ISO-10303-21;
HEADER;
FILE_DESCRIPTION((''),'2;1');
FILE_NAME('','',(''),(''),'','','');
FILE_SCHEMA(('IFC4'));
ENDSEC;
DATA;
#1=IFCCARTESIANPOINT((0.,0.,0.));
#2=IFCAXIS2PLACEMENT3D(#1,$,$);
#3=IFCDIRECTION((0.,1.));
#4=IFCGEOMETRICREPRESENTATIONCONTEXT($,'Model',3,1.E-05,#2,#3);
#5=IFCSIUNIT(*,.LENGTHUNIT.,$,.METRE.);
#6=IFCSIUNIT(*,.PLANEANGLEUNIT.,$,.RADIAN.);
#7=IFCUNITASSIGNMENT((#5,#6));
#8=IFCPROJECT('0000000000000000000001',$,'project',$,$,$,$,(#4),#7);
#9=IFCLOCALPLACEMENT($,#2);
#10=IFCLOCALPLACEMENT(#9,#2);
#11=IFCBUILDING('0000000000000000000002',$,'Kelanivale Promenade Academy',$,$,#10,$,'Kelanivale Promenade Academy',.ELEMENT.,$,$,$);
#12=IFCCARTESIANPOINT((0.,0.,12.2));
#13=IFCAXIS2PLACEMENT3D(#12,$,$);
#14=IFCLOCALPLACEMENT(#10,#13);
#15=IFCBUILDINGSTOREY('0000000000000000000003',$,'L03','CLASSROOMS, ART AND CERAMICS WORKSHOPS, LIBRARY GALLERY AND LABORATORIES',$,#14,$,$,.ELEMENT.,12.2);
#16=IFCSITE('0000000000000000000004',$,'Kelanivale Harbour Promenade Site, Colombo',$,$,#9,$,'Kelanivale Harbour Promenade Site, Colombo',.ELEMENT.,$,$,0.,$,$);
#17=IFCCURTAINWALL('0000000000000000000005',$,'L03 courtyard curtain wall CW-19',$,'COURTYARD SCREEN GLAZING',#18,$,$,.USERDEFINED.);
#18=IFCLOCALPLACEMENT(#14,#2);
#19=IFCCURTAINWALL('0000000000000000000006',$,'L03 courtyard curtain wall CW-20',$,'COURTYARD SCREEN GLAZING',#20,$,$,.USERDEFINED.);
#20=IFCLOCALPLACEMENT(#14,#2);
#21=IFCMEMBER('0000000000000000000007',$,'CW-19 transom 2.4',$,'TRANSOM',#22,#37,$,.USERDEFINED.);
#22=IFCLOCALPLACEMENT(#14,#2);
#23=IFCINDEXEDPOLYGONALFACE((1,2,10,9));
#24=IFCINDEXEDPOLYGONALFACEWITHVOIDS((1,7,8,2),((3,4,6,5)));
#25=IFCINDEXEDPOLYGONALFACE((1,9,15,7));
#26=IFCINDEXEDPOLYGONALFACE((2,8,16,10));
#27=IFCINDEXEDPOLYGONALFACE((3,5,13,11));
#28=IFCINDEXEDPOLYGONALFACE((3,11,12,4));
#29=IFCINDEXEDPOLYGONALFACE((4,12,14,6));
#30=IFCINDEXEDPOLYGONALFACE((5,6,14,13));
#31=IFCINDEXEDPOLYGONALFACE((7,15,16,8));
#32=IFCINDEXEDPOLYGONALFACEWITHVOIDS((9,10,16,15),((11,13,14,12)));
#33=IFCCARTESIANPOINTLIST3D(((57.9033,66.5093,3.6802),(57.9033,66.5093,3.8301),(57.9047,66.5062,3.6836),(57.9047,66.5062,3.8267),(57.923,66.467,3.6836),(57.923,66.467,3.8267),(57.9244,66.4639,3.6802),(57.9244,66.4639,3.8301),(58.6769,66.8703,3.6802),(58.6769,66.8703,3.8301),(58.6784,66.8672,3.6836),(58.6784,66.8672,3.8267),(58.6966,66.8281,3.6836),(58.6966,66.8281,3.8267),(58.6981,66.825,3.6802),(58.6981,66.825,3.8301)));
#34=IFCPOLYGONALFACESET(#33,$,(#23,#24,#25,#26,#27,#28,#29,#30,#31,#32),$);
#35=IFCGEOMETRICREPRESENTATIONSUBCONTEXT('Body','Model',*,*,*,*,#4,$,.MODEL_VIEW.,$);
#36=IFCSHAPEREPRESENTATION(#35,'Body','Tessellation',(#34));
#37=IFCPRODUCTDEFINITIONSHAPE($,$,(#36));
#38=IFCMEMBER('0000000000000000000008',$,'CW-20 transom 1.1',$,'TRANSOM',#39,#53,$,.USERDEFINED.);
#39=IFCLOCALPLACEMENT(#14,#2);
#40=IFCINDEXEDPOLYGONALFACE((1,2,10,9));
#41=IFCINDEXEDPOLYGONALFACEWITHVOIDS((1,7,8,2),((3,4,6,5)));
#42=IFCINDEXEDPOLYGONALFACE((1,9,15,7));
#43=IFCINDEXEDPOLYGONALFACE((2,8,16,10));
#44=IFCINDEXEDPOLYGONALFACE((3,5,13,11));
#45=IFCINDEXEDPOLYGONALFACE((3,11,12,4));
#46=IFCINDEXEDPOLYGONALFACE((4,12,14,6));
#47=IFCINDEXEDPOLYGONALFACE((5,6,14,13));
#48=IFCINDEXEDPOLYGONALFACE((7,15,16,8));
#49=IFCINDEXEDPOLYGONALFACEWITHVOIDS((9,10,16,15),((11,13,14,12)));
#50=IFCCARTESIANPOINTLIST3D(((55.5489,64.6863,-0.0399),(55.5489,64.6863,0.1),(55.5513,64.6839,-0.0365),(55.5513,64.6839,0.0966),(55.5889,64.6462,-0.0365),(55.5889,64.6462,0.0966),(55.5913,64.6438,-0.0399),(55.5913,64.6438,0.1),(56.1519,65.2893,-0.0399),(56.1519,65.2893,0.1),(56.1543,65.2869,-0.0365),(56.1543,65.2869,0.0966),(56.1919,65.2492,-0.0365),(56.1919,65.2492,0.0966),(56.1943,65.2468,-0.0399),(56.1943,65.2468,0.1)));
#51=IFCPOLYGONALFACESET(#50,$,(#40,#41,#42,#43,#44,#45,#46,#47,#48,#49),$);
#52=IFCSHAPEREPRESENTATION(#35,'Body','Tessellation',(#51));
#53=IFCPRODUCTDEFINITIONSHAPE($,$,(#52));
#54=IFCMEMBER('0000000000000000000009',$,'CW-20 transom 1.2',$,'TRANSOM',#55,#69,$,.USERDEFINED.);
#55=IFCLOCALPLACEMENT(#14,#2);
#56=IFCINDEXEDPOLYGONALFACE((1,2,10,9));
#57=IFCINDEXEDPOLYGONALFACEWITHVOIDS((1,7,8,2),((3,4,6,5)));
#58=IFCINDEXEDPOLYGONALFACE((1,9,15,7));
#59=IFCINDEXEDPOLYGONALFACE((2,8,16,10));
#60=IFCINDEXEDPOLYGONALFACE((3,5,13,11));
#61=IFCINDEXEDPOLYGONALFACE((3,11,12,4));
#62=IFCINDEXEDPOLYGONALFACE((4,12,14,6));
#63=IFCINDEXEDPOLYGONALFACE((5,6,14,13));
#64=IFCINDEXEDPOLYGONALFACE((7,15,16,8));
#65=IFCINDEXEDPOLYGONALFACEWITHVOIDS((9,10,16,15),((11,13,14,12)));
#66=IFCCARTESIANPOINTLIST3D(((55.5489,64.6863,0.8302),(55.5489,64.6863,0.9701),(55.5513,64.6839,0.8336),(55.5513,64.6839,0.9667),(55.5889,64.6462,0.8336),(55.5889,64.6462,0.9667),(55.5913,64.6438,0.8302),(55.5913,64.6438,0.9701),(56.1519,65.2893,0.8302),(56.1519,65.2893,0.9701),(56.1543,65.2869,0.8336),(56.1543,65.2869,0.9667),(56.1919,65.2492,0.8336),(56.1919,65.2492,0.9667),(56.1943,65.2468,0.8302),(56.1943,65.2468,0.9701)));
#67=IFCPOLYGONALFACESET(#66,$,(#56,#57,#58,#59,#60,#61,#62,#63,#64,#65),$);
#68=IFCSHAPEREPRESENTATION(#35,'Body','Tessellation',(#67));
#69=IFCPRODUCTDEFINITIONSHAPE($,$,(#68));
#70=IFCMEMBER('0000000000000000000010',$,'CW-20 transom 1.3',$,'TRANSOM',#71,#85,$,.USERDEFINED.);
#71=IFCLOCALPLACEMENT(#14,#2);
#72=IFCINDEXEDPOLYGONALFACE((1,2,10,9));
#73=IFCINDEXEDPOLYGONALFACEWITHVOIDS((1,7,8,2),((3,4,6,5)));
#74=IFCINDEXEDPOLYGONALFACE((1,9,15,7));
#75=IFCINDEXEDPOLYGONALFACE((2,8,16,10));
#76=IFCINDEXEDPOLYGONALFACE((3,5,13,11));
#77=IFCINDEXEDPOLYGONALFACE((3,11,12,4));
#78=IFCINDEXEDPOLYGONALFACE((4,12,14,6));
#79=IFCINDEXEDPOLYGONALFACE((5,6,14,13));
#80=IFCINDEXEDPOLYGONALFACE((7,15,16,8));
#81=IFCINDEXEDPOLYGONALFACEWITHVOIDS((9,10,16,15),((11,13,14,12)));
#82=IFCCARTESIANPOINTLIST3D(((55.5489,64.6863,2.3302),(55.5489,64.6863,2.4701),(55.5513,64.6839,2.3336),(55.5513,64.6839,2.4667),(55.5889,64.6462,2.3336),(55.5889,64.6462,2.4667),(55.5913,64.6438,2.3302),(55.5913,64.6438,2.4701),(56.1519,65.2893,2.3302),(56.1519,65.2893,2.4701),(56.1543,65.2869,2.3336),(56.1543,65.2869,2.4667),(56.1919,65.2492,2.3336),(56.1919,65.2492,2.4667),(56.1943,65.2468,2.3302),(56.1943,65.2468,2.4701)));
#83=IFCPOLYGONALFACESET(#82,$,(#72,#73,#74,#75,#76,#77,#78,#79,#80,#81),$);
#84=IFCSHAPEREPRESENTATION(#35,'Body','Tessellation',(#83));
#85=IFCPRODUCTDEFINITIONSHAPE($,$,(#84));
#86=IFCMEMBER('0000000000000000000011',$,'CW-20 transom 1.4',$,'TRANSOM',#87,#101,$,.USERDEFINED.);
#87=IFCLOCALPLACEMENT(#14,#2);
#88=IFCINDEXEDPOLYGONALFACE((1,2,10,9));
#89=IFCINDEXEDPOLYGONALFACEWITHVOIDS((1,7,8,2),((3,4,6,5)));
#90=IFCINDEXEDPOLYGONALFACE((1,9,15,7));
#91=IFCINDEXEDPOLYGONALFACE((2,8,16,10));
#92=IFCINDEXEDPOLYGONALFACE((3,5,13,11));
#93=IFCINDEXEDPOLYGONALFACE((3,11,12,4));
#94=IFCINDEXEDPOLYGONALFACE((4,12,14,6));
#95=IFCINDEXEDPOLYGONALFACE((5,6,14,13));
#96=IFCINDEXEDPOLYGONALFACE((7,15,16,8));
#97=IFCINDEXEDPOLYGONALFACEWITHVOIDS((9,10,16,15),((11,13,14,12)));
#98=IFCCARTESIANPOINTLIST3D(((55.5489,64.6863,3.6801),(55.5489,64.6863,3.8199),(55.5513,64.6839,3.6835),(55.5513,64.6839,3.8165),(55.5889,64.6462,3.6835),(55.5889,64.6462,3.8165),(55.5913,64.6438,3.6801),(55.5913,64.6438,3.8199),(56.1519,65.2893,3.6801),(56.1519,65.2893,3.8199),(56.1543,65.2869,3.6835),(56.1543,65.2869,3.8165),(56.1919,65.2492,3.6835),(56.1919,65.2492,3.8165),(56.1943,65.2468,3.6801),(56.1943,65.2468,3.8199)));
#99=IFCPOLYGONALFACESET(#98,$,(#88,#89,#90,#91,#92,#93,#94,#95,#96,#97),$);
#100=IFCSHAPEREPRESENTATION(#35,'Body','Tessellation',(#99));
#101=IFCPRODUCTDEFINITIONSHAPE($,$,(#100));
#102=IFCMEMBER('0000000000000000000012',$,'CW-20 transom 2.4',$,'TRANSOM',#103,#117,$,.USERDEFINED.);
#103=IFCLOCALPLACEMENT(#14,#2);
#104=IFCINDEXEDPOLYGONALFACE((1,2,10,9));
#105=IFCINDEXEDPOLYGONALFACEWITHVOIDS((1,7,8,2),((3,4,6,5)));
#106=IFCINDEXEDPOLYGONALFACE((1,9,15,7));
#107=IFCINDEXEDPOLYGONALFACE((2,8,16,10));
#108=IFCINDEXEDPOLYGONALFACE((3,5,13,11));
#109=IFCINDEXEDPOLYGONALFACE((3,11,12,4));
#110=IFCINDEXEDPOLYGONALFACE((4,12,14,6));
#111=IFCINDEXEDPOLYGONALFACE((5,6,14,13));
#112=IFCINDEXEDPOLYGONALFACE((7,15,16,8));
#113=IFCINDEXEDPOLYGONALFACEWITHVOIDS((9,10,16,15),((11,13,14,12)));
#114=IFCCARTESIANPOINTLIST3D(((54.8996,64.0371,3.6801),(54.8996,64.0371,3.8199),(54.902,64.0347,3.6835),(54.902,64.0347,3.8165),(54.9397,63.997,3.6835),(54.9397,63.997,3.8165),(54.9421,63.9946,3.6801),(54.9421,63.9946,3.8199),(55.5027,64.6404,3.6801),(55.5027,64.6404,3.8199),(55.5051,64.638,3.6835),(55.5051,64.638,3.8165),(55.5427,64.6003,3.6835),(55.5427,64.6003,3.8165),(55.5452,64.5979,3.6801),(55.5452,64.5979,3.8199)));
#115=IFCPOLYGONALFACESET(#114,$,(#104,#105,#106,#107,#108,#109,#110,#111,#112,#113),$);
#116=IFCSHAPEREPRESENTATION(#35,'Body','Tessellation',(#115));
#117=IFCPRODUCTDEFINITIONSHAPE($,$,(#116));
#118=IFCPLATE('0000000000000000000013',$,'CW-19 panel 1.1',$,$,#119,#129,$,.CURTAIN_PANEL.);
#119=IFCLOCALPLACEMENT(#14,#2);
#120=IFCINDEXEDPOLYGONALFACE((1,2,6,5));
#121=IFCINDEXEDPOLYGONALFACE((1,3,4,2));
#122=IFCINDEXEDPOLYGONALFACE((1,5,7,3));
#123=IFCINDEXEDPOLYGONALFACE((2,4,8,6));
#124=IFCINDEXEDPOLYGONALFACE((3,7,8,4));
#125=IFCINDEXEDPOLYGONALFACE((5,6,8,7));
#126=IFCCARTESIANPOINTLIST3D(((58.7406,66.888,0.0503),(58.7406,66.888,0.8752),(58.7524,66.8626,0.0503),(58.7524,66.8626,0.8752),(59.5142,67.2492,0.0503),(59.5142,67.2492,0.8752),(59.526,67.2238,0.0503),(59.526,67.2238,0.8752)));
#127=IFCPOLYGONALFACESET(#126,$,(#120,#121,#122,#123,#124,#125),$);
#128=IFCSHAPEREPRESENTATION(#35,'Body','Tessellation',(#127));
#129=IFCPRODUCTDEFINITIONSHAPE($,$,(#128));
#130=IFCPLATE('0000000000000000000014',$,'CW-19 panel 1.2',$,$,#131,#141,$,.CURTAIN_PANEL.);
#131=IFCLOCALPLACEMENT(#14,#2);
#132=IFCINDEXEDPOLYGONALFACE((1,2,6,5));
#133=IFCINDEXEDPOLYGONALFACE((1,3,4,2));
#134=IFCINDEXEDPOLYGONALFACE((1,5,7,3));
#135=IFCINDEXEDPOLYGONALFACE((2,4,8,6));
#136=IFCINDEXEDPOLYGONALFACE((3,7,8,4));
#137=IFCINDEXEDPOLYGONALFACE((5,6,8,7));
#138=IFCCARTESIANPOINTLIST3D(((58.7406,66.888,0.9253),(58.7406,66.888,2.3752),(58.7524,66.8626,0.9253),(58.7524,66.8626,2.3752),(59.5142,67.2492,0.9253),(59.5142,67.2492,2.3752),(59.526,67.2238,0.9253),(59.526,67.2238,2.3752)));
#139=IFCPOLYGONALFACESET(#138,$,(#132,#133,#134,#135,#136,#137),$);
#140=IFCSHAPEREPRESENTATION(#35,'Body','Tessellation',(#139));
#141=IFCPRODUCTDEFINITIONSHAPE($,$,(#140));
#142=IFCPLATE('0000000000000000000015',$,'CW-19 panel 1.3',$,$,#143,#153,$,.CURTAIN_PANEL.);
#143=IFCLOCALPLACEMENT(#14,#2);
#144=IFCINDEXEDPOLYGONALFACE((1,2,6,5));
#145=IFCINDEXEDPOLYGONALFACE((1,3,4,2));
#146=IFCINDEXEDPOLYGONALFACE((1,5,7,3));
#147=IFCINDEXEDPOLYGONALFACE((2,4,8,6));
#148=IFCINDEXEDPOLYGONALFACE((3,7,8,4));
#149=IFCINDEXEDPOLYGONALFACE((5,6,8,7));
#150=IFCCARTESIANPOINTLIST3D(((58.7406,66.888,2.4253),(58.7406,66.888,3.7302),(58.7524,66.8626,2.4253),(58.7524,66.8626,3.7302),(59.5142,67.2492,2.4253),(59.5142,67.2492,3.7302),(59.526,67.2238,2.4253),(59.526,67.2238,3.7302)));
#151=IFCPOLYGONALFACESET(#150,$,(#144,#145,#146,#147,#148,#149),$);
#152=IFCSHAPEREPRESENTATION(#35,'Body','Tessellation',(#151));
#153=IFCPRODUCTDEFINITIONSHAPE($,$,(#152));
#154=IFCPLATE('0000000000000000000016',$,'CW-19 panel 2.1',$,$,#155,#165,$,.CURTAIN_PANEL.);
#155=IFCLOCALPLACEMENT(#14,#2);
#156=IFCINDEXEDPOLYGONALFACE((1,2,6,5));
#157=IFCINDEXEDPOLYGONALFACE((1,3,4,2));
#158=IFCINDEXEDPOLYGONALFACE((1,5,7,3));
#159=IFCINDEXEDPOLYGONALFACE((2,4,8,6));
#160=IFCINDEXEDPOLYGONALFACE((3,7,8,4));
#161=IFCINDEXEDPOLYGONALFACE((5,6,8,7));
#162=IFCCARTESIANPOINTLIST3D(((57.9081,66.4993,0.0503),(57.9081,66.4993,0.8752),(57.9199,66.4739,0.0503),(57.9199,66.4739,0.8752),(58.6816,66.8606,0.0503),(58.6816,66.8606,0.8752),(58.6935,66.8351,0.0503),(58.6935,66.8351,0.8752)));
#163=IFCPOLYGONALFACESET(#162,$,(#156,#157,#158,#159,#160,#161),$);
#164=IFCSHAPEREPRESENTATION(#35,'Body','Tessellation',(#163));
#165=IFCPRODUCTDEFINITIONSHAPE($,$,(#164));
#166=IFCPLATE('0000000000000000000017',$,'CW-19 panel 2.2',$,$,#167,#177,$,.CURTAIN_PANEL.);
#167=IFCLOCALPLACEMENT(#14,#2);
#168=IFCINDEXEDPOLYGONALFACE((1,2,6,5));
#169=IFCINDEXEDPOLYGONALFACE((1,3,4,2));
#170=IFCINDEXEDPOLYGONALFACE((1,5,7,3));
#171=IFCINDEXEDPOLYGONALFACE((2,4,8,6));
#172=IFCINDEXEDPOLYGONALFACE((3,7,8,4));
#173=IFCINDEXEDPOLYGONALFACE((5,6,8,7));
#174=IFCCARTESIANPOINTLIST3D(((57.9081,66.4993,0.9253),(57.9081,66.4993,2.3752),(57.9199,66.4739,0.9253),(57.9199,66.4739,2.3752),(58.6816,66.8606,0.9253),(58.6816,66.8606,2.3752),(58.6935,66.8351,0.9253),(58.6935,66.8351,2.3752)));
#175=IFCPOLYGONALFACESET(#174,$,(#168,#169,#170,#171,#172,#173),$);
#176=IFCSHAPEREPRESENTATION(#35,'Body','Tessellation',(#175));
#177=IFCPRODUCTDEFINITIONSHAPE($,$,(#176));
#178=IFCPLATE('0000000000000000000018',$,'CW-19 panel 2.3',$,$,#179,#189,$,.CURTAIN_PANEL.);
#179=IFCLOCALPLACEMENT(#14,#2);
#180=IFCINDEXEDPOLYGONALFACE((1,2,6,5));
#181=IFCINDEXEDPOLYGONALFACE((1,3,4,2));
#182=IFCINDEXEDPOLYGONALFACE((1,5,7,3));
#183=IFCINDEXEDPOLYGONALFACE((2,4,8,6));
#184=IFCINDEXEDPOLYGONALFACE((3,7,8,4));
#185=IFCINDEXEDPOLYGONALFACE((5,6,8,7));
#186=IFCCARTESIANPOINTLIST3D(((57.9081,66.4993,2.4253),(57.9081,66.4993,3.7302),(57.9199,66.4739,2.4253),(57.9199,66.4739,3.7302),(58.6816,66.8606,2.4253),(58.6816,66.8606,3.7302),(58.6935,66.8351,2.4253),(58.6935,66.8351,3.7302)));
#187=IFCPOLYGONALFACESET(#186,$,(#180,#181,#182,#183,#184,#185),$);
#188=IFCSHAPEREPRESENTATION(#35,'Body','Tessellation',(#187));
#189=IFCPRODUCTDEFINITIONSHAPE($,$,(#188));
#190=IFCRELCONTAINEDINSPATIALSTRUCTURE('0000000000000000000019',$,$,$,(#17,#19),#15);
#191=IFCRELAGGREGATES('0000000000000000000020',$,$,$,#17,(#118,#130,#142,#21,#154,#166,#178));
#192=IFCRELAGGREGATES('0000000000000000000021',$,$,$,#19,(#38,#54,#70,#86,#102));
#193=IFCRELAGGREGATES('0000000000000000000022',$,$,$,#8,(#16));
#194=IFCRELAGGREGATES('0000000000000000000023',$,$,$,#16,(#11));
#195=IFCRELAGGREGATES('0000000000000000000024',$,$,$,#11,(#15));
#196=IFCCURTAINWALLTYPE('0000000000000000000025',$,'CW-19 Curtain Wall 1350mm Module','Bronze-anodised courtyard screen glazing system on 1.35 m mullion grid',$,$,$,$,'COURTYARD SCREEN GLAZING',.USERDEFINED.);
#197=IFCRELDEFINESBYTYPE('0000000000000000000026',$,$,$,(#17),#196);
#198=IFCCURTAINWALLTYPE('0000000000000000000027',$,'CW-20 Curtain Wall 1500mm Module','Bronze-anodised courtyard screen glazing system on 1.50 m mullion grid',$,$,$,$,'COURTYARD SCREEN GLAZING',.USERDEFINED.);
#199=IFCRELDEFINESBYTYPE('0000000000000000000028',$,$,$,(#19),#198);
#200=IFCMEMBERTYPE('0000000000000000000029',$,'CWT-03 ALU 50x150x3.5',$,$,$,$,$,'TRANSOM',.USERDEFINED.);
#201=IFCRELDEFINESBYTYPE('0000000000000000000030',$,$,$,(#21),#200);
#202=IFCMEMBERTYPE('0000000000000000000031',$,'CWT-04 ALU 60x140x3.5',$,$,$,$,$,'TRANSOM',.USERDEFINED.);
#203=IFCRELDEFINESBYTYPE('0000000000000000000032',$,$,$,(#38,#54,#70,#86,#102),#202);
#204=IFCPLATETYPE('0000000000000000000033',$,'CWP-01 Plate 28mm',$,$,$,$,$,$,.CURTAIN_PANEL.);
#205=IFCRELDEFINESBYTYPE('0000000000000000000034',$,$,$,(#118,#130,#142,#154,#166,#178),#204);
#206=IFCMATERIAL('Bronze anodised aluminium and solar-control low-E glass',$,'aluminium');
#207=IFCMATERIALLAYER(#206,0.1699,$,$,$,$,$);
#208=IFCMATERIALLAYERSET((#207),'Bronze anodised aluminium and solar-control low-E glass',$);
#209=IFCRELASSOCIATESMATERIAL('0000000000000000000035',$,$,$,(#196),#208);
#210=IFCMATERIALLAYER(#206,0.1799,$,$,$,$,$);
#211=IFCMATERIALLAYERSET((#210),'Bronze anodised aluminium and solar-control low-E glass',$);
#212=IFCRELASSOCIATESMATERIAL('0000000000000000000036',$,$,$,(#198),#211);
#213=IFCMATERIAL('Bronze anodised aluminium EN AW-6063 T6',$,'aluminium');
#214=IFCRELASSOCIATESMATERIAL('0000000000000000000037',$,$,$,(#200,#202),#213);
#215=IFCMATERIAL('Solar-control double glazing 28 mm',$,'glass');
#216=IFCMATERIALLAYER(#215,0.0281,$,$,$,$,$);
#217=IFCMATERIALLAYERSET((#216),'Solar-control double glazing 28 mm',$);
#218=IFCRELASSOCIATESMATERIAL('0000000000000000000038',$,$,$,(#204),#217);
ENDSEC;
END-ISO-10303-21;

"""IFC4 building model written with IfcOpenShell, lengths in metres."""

from ifc_helpers import new_model, si_unit, direction, frame, origin, origin_2d, place, context, subcontext, project, spatial, rectangle, hollow_rectangle, extrude, material, layer, layer_set, material_profile, profile_set, type_object, element, aggregate, save


model = new_model("IFC4")

# Units and contexts
model_context = context("Model", 3, precision=1e-05, world=origin(), true_north=direction((0.0, 1.0)))
body_context = subcontext(model_context, "Body", "Model", "MODEL_VIEW")
ifc_project = project(units=[si_unit("LENGTHUNIT", "METRE"), si_unit("PLANEANGLEUNIT", "RADIAN")], contexts=[model_context])

# Site, building, storey
site_placement = place(None, origin())
site = spatial("IfcSite", under=ifc_project, at=site_placement, Name="Kelanivale Harbour Promenade Site, Colombo", LongName="Kelanivale Harbour Promenade Site, Colombo", CompositionType="ELEMENT", RefElevation=0.0)
building_placement = place(site_placement, origin())
building = spatial("IfcBuilding", under=site, at=building_placement, Name="Kelanivale Promenade Academy", LongName="Kelanivale Promenade Academy", CompositionType="ELEMENT")
storey_placement = place(building_placement, frame((0.0, 0.0, 12.2)))
storey = spatial("IfcBuildingStorey", under=building, at=storey_placement, Name="L03", Description="CLASSROOMS, ART AND CERAMICS WORKSHOPS, LIBRARY GALLERY AND LABORATORIES", CompositionType="ELEMENT", Elevation=12.2)

# Curtain walls
ifc_material_1 = material(Name="Bronze anodised aluminium and solar-control low-E glass", Category="aluminium")
ifc_layer_1 = layer(ifc_material_1, 0.1699)
ifc_layer_set_1 = layer_set([ifc_layer_1], Name="Bronze anodised aluminium and solar-control low-E glass")
curtain_wall_type_1 = type_object("IfcCurtainWallType", Name="CW-19 Curtain Wall 1350mm Module", Description="Bronze-anodised courtyard screen glazing system on 1.35 m mullion grid", ElementType="COURTYARD SCREEN GLAZING", PredefinedType="USERDEFINED", material=ifc_layer_set_1)
curtain_wall_1_placement = place(storey_placement, origin())
curtain_wall_1 = element("IfcCurtainWall", 1, at=curtain_wall_1_placement, inside=storey, type_object=curtain_wall_type_1, Name="L03 courtyard curtain wall CW-19", ObjectType="COURTYARD SCREEN GLAZING", PredefinedType="USERDEFINED")
ifc_material_2 = material(Name="Bronze anodised aluminium EN AW-6063 T6", Category="aluminium")
ifc_layer_2 = layer(ifc_material_1, 0.1799)
ifc_layer_set_2 = layer_set([ifc_layer_2], Name="Bronze anodised aluminium and solar-control low-E glass")
curtain_wall_type_2 = type_object("IfcCurtainWallType", Name="CW-20 Curtain Wall 1500mm Module", Description="Bronze-anodised courtyard screen glazing system on 1.50 m mullion grid", ElementType="COURTYARD SCREEN GLAZING", PredefinedType="USERDEFINED", material=ifc_layer_set_2)
curtain_wall_2_placement = place(storey_placement, origin())
curtain_wall_2 = element("IfcCurtainWall", 2, at=curtain_wall_2_placement, inside=storey, type_object=curtain_wall_type_2, Name="L03 courtyard curtain wall CW-20", ObjectType="COURTYARD SCREEN GLAZING", PredefinedType="USERDEFINED")

# Members
ifc_material_profile_1 = material_profile(ifc_material_2, hollow_rectangle(XDim=0.05, YDim=0.1499, WallThickness=0.0034, at=origin_2d()), Name="ALU 50x150x3.5")
ifc_profile_set_1 = profile_set([ifc_material_profile_1], Name="Bronze anodised aluminium EN AW-6063 T6")
member_type_1 = type_object("IfcMemberType", Name="CWT-03 ALU 50x150x3.5", ElementType="TRANSOM", PredefinedType="USERDEFINED", material=ifc_profile_set_1)
member_1_placement = place(storey_placement, frame((58.6875, 66.8477, 3.7551), z_axis=(-0.906169, -0.422917, 0.0), x_axis=(0.422917, -0.906169, 0.0)))
member_1 = element("IfcMember", 3, at=member_1_placement, type_object=member_type_1, Name="CW-19 transom 2.4", ObjectType="TRANSOM", PredefinedType="USERDEFINED", context=body_context, shape_type="SweptSolid", body=[
    extrude(hollow_rectangle(XDim=0.05, YDim=0.1499, WallThickness=0.0034, at=origin_2d()), origin(), (0.0, 0.0, 1.0), 0.8538),
])
ifc_material_profile_2 = material_profile(ifc_material_2, hollow_rectangle(XDim=0.0601, YDim=0.1399, WallThickness=0.0034, at=origin_2d()), Name="ALU 60x140x3.5")
ifc_profile_set_2 = profile_set([ifc_material_profile_2], Name="Bronze anodised aluminium EN AW-6063 T6")
member_type_2 = type_object("IfcMemberType", Name="CWT-04 ALU 60x140x3.5", ElementType="TRANSOM", PredefinedType="USERDEFINED", material=ifc_profile_set_2)
member_2_placement = place(storey_placement, frame((56.1731, 65.2681, 0.03), z_axis=(-0.707107, -0.707107, 0.0), x_axis=(0.707107, -0.707107, 0.0)))
member_2 = element("IfcMember", 4, at=member_2_placement, type_object=member_type_2, Name="CW-20 transom 1.1", ObjectType="TRANSOM", PredefinedType="USERDEFINED", context=body_context, shape_type="SweptSolid", body=[
    extrude(hollow_rectangle(XDim=0.0601, YDim=0.1399, WallThickness=0.0034, at=origin_2d()), origin(), (0.0, 0.0, 1.0), 0.8528),
])
member_3_placement = place(storey_placement, frame((56.1731, 65.2681, 0.9001), z_axis=(-0.707107, -0.707107, 0.0), x_axis=(0.707107, -0.707107, 0.0)))
member_3 = element("IfcMember", 5, at=member_3_placement, type_object=member_type_2, Name="CW-20 transom 1.2", ObjectType="TRANSOM", PredefinedType="USERDEFINED", context=body_context, shape_type="SweptSolid", body=[
    extrude(hollow_rectangle(XDim=0.0601, YDim=0.1399, WallThickness=0.0034, at=origin_2d()), origin(), (0.0, 0.0, 1.0), 0.8528),
])
member_4_placement = place(storey_placement, frame((56.1731, 65.2681, 2.4001), z_axis=(-0.707107, -0.707107, 0.0), x_axis=(0.707107, -0.707107, 0.0)))
member_4 = element("IfcMember", 6, at=member_4_placement, type_object=member_type_2, Name="CW-20 transom 1.3", ObjectType="TRANSOM", PredefinedType="USERDEFINED", context=body_context, shape_type="SweptSolid", body=[
    extrude(hollow_rectangle(XDim=0.0601, YDim=0.1399, WallThickness=0.0034, at=origin_2d()), origin(), (0.0, 0.0, 1.0), 0.8528),
])
member_5_placement = place(storey_placement, frame((56.1731, 65.2681, 3.75), z_axis=(-0.707107, -0.707107, 0.0), x_axis=(0.707107, -0.707107, 0.0)))
member_5 = element("IfcMember", 7, at=member_5_placement, type_object=member_type_2, Name="CW-20 transom 1.4", ObjectType="TRANSOM", PredefinedType="USERDEFINED", context=body_context, shape_type="SweptSolid", body=[
    extrude(hollow_rectangle(XDim=0.0601, YDim=0.1399, WallThickness=0.0034, at=origin_2d()), origin(), (0.0, 0.0, 1.0), 0.8528),
])
member_6_placement = place(storey_placement, frame((55.5239, 64.6191, 3.75), z_axis=(-0.706964, -0.70725, 0.0), x_axis=(0.70725, -0.706964, 0.0)))
member_6 = element("IfcMember", 8, at=member_6_placement, type_object=member_type_2, Name="CW-20 transom 2.4", ObjectType="TRANSOM", PredefinedType="USERDEFINED", context=body_context, shape_type="SweptSolid", body=[
    extrude(hollow_rectangle(XDim=0.0601, YDim=0.1399, WallThickness=0.0034, at=origin_2d()), origin(), (0.0, 0.0, 1.0), 0.853),
])

# Plates
ifc_material_3 = material(Name="Solar-control double glazing 28 mm", Category="glass")
ifc_layer_3 = layer(ifc_material_3, 0.0281)
ifc_layer_set_3 = layer_set([ifc_layer_3], Name="Solar-control double glazing 28 mm")
plate_type_1 = type_object("IfcPlateType", Name="CWP-01 Plate 28mm", PredefinedType="CURTAIN_PANEL", material=ifc_layer_set_3)
plate_1_placement = place(storey_placement, frame((59.1333, 67.0559, 0.0503), z_axis=(0.0, 0.0, 1.0), x_axis=(-0.906089, -0.423087, 0.0)))
plate_1 = element("IfcPlate", 9, at=plate_1_placement, type_object=plate_type_1, Name="CW-19 panel 1.1", PredefinedType="CURTAIN_PANEL", context=body_context, shape_type="SweptSolid", body=[
    extrude(rectangle(XDim=0.8538, YDim=0.0281, at=origin_2d()), origin(), (0.0, 0.0, 1.0), 0.825),
])
plate_2_placement = place(storey_placement, frame((59.1333, 67.0559, 0.9253), z_axis=(0.0, 0.0, 1.0), x_axis=(-0.906089, -0.423087, 0.0)))
plate_2 = element("IfcPlate", 10, at=plate_2_placement, type_object=plate_type_1, Name="CW-19 panel 1.2", PredefinedType="CURTAIN_PANEL", context=body_context, shape_type="SweptSolid", body=[
    extrude(rectangle(XDim=0.8538, YDim=0.0281, at=origin_2d()), origin(), (0.0, 0.0, 1.0), 1.45),
])
plate_3_placement = place(storey_placement, frame((59.1333, 67.0559, 2.4253), z_axis=(0.0, 0.0, 1.0), x_axis=(-0.906089, -0.423087, 0.0)))
plate_3 = element("IfcPlate", 11, at=plate_3_placement, type_object=plate_type_1, Name="CW-19 panel 1.3", PredefinedType="CURTAIN_PANEL", context=body_context, shape_type="SweptSolid", body=[
    extrude(rectangle(XDim=0.8538, YDim=0.0281, at=origin_2d()), origin(), (0.0, 0.0, 1.0), 1.3049),
])
plate_4_placement = place(storey_placement, frame((58.3008, 66.6672, 0.0503), z_axis=(0.0, 0.0, 1.0), x_axis=(-0.906089, -0.423087, 0.0)))
plate_4 = element("IfcPlate", 12, at=plate_4_placement, type_object=plate_type_1, Name="CW-19 panel 2.1", PredefinedType="CURTAIN_PANEL", context=body_context, shape_type="SweptSolid", body=[
    extrude(rectangle(XDim=0.8538, YDim=0.0281, at=origin_2d()), origin(), (0.0, 0.0, 1.0), 0.825),
])
plate_5_placement = place(storey_placement, frame((58.3008, 66.6672, 0.9253), z_axis=(0.0, 0.0, 1.0), x_axis=(-0.906089, -0.423087, 0.0)))
plate_5 = element("IfcPlate", 13, at=plate_5_placement, type_object=plate_type_1, Name="CW-19 panel 2.2", PredefinedType="CURTAIN_PANEL", context=body_context, shape_type="SweptSolid", body=[
    extrude(rectangle(XDim=0.8538, YDim=0.0281, at=origin_2d()), origin(), (0.0, 0.0, 1.0), 1.45),
])
plate_6_placement = place(storey_placement, frame((58.3008, 66.6672, 2.4253), z_axis=(0.0, 0.0, 1.0), x_axis=(-0.906089, -0.423087, 0.0)))
plate_6 = element("IfcPlate", 14, at=plate_6_placement, type_object=plate_type_1, Name="CW-19 panel 2.3", PredefinedType="CURTAIN_PANEL", context=body_context, shape_type="SweptSolid", body=[
    extrude(rectangle(XDim=0.8538, YDim=0.0281, at=origin_2d()), origin(), (0.0, 0.0, 1.0), 1.3049),
])
aggregate(curtain_wall_1, [plate_1, plate_2, plate_3, member_1, plate_4, plate_5, plate_6])
aggregate(curtain_wall_2, [member_2, member_3, member_4, member_5, member_6])

save(model, "model.ifc")
